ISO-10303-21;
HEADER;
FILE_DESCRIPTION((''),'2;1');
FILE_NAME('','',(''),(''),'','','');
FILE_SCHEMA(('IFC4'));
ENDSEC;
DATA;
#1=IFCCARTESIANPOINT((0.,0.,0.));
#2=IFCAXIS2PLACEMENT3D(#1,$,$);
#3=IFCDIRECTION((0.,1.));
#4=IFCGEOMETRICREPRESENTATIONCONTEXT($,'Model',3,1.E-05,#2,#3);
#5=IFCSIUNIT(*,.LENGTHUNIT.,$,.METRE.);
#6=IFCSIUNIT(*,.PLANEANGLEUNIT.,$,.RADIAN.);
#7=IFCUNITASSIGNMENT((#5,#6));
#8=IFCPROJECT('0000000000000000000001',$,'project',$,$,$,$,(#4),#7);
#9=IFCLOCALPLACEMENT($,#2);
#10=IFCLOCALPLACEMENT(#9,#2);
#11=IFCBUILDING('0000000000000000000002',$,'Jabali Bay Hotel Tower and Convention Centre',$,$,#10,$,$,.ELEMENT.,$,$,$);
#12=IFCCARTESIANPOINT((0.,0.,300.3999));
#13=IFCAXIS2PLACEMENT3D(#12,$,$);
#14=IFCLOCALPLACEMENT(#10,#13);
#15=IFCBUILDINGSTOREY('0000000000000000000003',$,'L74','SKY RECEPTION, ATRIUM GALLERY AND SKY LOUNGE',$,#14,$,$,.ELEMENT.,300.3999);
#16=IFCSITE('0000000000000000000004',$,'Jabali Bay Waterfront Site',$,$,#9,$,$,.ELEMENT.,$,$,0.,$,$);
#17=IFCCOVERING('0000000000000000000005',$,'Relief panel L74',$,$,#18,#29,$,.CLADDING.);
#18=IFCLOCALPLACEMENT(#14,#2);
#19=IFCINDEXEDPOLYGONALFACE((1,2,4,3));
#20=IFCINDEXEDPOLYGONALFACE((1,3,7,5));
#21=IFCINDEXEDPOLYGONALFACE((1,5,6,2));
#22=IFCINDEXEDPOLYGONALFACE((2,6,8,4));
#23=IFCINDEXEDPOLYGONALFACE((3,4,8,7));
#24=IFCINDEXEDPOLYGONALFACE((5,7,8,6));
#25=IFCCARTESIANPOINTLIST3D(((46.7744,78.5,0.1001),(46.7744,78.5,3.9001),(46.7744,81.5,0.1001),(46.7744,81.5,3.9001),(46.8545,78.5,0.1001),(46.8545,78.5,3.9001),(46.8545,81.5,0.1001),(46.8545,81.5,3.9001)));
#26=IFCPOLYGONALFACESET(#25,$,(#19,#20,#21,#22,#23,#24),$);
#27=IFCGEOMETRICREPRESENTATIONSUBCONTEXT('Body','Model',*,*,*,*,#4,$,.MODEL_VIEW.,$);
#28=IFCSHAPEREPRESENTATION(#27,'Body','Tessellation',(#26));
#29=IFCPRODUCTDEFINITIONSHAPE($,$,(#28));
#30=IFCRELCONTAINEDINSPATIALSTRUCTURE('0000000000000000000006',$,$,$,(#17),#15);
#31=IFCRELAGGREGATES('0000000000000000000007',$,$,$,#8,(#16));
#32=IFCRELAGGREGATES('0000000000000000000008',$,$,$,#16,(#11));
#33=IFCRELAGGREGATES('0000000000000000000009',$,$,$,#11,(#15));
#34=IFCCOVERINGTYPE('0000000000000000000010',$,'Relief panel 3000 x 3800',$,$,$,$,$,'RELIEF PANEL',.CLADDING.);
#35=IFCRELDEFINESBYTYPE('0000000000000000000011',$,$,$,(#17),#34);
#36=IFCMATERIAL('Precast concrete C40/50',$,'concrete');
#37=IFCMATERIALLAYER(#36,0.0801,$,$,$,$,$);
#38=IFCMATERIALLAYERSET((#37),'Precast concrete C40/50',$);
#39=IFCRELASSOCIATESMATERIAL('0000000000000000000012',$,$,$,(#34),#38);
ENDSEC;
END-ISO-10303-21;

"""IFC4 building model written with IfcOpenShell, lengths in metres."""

from ifc_helpers import new_model, si_unit, direction, frame, origin, origin_2d, place, context, subcontext, project, spatial, rectangle, extrude, material, layer, layer_set, type_object, element, save


model = new_model("IFC4")

# Units and contexts
model_context = context("Model", 3, precision=1e-05, world=origin(), true_north=direction((0.0, 1.0)))
body_context = subcontext(model_context, "Body", "Model", "MODEL_VIEW")
ifc_project = project(units=[si_unit("LENGTHUNIT", "METRE"), si_unit("PLANEANGLEUNIT", "RADIAN")], contexts=[model_context])

# Site, building, storey
site_placement = place(None, origin())
site = spatial("IfcSite", under=ifc_project, at=site_placement, Name="Jabali Bay Waterfront Site", CompositionType="ELEMENT", RefElevation=0.0)
building_placement = place(site_placement, origin())
building = spatial("IfcBuilding", under=site, at=building_placement, Name="Jabali Bay Hotel Tower and Convention Centre", CompositionType="ELEMENT")
storey_placement = place(building_placement, frame((0.0, 0.0, 300.3999)))
storey = spatial("IfcBuildingStorey", under=building, at=storey_placement, Name="L74", Description="SKY RECEPTION, ATRIUM GALLERY AND SKY LOUNGE", CompositionType="ELEMENT", Elevation=300.3999)

# Covering
ifc_material_1 = material(Name="Precast concrete C40/50", Category="concrete")
ifc_layer_1 = layer(ifc_material_1, 0.0801)
ifc_layer_set_1 = layer_set([ifc_layer_1], Name="Precast concrete C40/50")
covering_type = type_object("IfcCoveringType", Name="Relief panel 3000 x 3800", ElementType="RELIEF PANEL", PredefinedType="CLADDING", material=ifc_layer_set_1)
covering_placement = place(storey_placement, frame((46.8145, 80.0, 0.1001), z_axis=(0.0, 0.0, 1.0), x_axis=(0.0, 1.0, 0.0)))
element("IfcCovering", 1, at=covering_placement, inside=storey, type_object=covering_type, Name="Relief panel L74", PredefinedType="CLADDING", context=body_context, shape_type="SweptSolid", body=[
    extrude(rectangle(XDim=3.0, YDim=0.0801, at=origin_2d()), origin(), (0.0, 0.0, 1.0), 3.8),
])

save(model, "model.ifc")
